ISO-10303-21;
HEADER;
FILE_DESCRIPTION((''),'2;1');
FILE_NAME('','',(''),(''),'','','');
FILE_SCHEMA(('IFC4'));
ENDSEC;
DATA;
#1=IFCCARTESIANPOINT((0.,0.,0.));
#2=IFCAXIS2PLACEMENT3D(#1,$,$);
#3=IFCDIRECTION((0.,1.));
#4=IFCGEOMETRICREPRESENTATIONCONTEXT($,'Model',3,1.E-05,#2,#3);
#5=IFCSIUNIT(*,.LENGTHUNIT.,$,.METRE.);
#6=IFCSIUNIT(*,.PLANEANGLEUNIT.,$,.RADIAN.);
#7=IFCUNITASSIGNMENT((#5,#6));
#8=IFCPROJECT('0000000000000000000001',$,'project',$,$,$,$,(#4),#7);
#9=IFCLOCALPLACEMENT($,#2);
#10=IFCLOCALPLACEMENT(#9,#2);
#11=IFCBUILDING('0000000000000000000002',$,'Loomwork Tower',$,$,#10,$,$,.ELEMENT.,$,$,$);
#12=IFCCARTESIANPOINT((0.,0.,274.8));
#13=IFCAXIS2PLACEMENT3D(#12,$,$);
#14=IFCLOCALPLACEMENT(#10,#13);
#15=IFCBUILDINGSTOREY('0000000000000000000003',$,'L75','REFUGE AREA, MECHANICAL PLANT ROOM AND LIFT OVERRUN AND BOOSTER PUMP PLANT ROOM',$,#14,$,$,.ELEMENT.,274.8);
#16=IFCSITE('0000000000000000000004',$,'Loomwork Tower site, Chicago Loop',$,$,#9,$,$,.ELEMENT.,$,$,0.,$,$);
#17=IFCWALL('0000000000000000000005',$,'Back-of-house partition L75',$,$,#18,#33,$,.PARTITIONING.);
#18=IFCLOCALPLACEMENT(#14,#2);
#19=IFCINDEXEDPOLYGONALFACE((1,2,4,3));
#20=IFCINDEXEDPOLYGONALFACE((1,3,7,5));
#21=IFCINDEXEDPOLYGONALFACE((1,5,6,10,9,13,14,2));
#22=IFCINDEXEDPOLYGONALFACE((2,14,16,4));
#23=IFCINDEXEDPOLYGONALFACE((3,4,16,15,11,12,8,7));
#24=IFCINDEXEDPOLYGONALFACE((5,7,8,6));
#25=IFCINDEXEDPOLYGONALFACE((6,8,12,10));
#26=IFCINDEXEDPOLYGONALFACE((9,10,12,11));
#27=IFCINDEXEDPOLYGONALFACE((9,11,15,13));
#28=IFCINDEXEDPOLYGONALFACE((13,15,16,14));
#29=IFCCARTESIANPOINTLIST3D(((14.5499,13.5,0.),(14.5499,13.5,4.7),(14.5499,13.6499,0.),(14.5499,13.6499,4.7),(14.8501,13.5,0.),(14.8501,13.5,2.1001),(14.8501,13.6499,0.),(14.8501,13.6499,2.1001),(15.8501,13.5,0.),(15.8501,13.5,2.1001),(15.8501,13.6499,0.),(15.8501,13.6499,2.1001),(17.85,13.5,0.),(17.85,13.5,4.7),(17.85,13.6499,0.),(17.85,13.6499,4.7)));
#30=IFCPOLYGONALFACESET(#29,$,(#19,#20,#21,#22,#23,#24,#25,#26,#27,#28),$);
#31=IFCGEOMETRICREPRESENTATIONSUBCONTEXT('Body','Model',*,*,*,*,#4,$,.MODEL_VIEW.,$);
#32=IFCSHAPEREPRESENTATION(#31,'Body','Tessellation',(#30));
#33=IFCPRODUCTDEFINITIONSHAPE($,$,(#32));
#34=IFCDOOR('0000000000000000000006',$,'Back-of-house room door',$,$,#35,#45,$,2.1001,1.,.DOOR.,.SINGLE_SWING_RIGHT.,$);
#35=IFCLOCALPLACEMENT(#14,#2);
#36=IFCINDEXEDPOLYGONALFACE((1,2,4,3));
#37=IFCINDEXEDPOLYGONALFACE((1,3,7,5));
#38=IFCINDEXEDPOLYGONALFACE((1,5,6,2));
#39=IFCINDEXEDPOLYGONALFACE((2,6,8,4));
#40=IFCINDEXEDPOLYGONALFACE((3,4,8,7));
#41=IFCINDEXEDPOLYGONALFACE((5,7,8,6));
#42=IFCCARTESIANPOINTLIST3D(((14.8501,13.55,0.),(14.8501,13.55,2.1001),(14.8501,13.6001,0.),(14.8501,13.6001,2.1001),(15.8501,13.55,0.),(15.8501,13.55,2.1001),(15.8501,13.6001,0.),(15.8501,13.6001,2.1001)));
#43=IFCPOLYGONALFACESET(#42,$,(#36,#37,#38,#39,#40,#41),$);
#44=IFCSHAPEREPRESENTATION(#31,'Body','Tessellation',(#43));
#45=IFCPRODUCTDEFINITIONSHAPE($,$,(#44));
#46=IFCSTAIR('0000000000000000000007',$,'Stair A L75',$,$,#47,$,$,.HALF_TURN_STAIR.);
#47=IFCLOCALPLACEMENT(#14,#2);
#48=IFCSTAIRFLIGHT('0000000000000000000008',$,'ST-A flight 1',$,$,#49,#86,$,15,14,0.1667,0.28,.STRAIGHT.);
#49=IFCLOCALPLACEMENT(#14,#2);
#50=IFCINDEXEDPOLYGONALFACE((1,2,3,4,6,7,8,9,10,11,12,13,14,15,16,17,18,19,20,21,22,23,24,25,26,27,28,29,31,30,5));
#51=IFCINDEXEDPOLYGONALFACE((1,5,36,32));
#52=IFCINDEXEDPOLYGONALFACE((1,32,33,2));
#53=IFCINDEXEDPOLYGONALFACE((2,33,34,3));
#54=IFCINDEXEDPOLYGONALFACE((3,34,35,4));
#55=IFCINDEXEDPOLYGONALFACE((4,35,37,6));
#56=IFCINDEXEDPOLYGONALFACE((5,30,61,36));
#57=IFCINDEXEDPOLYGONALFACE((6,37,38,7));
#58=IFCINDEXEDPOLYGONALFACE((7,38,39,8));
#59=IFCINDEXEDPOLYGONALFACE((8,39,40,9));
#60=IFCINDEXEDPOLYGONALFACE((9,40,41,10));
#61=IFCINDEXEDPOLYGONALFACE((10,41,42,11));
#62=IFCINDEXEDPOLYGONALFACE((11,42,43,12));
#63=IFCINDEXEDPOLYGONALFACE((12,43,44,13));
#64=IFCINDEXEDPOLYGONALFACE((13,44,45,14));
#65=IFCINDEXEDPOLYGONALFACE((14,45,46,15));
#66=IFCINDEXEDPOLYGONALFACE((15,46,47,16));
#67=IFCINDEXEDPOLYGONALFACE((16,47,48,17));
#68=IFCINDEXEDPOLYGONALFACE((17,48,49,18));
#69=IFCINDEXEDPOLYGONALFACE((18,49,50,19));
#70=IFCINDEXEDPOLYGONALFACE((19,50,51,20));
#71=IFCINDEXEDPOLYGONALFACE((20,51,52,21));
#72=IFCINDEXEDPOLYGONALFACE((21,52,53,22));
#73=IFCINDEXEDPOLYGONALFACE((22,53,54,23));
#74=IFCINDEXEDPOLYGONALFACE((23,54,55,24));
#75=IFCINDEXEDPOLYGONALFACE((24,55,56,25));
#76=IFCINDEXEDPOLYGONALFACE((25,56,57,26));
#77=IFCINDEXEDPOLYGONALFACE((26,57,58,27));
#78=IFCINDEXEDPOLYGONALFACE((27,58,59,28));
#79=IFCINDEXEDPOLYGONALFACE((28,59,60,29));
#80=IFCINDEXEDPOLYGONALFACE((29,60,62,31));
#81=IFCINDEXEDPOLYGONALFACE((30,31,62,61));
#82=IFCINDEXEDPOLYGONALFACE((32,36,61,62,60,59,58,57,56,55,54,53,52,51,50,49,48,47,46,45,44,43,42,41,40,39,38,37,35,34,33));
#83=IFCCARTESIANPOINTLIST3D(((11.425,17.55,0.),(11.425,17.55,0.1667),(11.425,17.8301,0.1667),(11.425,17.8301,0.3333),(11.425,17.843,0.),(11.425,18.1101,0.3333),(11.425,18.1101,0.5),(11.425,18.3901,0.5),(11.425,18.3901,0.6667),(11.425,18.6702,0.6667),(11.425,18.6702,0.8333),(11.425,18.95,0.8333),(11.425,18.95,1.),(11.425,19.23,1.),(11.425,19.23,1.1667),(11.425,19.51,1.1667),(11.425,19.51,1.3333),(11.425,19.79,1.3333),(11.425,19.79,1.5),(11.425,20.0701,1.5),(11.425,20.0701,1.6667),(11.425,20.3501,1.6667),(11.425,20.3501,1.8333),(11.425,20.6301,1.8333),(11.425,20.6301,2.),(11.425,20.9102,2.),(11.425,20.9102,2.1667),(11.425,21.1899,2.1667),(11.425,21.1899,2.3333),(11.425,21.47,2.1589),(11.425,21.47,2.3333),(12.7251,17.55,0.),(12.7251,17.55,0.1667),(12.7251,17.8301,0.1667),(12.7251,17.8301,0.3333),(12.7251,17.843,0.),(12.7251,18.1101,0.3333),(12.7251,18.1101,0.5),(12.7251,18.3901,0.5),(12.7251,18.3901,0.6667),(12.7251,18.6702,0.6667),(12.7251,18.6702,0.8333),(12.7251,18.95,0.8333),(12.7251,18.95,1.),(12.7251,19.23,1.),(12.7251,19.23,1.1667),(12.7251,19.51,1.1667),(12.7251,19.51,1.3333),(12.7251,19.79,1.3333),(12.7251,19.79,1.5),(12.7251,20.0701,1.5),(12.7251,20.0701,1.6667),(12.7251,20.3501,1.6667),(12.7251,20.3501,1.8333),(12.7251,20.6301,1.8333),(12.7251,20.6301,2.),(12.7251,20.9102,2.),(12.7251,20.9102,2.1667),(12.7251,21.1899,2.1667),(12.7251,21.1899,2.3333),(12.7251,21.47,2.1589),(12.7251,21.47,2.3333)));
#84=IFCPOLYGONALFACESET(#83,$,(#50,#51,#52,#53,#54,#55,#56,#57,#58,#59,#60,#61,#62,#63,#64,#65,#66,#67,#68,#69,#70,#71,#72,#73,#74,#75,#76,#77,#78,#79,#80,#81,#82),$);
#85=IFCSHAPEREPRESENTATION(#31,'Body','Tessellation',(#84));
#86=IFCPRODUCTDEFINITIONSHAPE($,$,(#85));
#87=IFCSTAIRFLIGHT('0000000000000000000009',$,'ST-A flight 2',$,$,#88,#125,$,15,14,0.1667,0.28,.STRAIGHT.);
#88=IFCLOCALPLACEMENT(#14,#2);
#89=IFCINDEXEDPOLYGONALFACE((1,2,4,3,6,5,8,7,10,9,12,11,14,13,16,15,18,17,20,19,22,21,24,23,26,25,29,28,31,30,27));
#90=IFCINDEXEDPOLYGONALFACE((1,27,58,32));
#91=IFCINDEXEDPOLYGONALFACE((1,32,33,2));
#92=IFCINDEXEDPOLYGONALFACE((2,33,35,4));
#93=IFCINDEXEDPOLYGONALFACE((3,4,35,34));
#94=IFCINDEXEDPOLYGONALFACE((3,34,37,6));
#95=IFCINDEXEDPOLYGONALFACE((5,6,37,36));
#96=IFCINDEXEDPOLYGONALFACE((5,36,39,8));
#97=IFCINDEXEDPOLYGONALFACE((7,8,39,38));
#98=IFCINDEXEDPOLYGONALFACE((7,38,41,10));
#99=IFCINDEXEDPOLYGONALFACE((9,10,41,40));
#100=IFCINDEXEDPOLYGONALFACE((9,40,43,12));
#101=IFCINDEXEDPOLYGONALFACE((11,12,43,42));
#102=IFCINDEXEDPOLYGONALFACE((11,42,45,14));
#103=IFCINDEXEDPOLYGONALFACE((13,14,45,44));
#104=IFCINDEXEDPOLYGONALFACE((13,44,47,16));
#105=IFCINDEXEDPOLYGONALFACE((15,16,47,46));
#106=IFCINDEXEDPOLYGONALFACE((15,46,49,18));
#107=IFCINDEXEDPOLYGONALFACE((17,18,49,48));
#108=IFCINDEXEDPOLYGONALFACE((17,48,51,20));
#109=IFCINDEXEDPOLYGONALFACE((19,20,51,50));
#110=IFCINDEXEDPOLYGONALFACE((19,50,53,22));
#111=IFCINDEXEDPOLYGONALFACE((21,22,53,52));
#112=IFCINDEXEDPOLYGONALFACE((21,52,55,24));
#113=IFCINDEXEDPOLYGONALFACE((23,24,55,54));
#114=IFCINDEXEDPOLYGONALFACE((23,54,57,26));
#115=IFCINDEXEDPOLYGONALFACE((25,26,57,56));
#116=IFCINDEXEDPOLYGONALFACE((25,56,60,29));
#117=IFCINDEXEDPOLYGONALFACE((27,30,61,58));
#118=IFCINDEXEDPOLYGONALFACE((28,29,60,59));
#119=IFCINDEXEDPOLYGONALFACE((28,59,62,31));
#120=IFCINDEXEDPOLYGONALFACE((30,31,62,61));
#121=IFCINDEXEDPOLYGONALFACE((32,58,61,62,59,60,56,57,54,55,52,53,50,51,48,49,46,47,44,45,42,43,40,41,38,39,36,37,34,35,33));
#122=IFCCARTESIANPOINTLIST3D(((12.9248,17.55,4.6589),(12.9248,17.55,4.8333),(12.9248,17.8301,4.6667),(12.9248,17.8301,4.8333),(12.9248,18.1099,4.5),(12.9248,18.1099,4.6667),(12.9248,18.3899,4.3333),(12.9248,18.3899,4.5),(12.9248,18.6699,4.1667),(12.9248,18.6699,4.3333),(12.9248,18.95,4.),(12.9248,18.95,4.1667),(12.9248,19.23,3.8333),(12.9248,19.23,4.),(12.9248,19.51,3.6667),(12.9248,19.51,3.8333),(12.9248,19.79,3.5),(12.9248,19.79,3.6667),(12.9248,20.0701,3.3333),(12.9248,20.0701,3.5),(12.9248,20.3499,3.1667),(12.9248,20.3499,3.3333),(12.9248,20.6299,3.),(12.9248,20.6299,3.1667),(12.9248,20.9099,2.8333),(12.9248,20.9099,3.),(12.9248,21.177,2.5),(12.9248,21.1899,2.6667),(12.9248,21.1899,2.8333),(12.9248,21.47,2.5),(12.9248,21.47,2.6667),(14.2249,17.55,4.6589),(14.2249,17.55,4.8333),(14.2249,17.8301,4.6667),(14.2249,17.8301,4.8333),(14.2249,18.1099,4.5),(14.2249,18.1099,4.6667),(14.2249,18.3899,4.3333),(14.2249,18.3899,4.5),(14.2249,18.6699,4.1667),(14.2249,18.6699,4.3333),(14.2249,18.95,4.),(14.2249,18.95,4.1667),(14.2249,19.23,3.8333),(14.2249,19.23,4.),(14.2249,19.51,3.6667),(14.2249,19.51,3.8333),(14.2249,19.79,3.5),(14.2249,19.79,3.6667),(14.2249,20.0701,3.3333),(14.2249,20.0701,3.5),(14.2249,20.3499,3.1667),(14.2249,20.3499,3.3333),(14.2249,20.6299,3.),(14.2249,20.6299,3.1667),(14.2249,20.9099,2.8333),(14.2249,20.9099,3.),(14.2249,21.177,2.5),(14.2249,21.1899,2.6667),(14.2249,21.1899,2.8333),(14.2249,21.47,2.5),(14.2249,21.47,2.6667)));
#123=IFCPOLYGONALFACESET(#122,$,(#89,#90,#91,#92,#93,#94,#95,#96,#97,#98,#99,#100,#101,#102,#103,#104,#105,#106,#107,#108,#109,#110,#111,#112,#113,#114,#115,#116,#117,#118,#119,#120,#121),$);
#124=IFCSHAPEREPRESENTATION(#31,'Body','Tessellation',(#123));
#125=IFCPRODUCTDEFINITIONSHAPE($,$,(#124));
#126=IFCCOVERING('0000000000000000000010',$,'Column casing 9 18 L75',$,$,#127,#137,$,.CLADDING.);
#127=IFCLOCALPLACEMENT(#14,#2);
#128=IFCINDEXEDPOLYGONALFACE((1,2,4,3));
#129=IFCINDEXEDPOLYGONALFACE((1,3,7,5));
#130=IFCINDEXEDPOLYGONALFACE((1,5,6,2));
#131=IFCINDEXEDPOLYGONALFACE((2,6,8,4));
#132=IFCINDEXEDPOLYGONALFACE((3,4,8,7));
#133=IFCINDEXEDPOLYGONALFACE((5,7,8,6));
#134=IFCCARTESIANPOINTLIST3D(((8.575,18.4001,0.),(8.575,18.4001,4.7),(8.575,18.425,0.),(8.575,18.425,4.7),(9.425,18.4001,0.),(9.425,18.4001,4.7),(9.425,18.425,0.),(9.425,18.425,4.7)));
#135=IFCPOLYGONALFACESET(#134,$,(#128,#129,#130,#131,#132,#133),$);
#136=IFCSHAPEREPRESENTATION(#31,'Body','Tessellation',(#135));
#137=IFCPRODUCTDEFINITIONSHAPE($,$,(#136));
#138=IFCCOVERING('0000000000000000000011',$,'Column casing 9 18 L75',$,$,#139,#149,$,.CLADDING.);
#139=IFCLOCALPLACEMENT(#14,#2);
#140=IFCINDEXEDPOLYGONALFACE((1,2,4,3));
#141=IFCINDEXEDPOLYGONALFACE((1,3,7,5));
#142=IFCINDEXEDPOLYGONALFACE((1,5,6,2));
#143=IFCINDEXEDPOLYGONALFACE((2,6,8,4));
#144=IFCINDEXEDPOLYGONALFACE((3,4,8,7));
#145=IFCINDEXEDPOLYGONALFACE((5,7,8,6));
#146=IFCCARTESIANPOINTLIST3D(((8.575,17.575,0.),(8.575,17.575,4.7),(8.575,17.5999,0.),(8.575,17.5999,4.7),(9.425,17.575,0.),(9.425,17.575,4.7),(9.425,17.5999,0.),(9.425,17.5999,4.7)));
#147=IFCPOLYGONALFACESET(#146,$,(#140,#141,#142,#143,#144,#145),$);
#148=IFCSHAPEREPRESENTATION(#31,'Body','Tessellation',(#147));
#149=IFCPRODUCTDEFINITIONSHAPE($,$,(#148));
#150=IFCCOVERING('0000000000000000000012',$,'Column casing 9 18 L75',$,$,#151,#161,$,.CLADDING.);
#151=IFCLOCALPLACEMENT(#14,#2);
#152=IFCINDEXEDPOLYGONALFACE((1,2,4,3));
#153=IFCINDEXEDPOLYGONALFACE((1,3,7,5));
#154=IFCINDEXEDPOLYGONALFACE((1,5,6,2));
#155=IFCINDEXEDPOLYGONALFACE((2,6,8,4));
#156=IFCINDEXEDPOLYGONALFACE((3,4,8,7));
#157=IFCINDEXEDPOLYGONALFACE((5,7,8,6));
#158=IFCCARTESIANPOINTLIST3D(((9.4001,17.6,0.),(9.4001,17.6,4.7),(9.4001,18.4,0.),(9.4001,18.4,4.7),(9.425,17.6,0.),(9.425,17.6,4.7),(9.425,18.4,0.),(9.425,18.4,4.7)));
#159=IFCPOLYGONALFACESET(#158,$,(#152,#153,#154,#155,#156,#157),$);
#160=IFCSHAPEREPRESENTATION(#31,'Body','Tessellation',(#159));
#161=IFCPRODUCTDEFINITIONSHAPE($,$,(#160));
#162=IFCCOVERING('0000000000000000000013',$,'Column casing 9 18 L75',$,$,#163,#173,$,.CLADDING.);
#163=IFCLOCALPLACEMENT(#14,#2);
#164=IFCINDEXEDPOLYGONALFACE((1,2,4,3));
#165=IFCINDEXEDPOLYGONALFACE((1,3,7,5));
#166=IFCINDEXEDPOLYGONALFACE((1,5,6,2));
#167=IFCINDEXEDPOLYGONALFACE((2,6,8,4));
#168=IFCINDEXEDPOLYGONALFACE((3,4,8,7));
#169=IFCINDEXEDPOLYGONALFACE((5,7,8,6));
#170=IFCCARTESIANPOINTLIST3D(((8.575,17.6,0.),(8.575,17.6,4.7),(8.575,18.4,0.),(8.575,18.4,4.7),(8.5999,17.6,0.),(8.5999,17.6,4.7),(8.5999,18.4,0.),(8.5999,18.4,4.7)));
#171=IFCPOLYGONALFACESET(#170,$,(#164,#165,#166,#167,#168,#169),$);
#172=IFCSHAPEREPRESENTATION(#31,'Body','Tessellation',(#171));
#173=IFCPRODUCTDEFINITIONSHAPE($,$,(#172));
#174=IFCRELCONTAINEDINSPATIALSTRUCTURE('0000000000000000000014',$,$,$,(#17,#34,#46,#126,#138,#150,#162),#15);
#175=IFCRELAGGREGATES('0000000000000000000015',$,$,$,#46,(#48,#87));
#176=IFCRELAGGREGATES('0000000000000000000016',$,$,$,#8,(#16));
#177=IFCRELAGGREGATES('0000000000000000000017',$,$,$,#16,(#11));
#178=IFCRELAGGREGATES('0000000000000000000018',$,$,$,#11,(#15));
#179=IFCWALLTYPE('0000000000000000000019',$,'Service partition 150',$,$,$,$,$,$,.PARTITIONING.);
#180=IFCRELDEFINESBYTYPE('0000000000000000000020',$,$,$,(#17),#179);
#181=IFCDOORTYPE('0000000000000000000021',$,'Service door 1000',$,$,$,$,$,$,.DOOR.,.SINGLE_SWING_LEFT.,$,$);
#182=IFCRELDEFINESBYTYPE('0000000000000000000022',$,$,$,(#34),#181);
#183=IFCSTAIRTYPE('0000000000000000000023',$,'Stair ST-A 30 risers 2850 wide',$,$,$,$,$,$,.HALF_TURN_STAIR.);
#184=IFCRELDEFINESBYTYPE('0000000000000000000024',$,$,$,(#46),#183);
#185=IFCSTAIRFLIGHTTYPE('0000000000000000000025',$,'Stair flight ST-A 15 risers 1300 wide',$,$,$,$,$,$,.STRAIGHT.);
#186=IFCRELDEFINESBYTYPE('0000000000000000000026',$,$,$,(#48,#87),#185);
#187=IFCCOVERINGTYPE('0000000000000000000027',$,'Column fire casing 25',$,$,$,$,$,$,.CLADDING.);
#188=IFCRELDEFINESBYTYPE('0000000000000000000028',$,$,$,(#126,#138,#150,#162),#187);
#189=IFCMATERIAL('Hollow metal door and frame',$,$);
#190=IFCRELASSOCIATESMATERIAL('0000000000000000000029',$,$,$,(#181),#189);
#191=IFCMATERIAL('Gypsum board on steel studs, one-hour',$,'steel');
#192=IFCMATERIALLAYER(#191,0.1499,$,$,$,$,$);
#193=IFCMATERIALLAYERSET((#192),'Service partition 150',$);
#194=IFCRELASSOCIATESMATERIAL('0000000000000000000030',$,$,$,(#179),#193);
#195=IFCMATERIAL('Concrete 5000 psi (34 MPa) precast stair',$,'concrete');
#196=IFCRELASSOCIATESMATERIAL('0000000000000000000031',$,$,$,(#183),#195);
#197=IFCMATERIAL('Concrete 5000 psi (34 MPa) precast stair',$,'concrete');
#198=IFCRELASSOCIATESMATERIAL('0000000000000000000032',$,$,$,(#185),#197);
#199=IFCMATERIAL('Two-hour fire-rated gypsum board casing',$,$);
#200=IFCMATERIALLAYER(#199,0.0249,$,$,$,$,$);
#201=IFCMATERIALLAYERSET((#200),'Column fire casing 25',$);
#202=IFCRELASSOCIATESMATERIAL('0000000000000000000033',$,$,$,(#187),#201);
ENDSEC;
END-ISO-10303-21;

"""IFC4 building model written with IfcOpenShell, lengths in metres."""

from ifc_helpers import new_model, si_unit, direction, frame, frame_2d, origin, origin_2d, place, context, subcontext, project, spatial, polyline, rectangle, outline, extrude, material, layer, layer_set, type_object, element, fill, aggregate, save


model = new_model("IFC4")

# Units and contexts
model_context = context("Model", 3, precision=1e-05, world=origin(), true_north=direction((0.0, 1.0)))
body_context = subcontext(model_context, "Body", "Model", "MODEL_VIEW")
ifc_project = project(units=[si_unit("LENGTHUNIT", "METRE"), si_unit("PLANEANGLEUNIT", "RADIAN")], contexts=[model_context])

# Site, building, storey
site_placement = place(None, origin())
site = spatial("IfcSite", under=ifc_project, at=site_placement, Name="Loomwork Tower site, Chicago Loop", CompositionType="ELEMENT", RefElevation=0.0)
building_placement = place(site_placement, origin())
building = spatial("IfcBuilding", under=site, at=building_placement, Name="Loomwork Tower", CompositionType="ELEMENT")
storey_placement = place(building_placement, frame((0.0, 0.0, 274.8)))
storey = spatial("IfcBuildingStorey", under=building, at=storey_placement, Name="L75", Description="REFUGE AREA, MECHANICAL PLANT ROOM AND LIFT OVERRUN AND BOOSTER PUMP PLANT ROOM", CompositionType="ELEMENT", Elevation=274.8)

# Shared definitions
ifc_material_1 = material(Name="Hollow metal door and frame")
door_type_1 = type_object("IfcDoorType", Name="Service door 1000", OperationType="SINGLE_SWING_LEFT", PredefinedType="DOOR", material=ifc_material_1)

# Wall, opening, door
ifc_material_2 = material(Name="Gypsum board on steel studs, one-hour", Category="steel")
ifc_layer_1 = layer(ifc_material_2, 0.1499)
ifc_layer_set_1 = layer_set([ifc_layer_1], Name="Service partition 150")
wall_type_1 = type_object("IfcWallType", Name="Service partition 150", PredefinedType="PARTITIONING", material=ifc_layer_set_1)
wall_1_placement = place(storey_placement, frame((14.55, 13.575, 0.0), z_axis=(0.0, 0.0, 1.0), x_axis=(1.0, 0.0, 0.0)))
wall_1 = element("IfcWall", 1, at=wall_1_placement, inside=storey, type_object=wall_type_1, Name="Back-of-house partition L75", PredefinedType="PARTITIONING", context=body_context, shape_type="SweptSolid", body=[
    extrude(rectangle(XDim=3.3, YDim=0.1499, at=frame_2d((1.6499, 0.0))), origin(), (0.0, 0.0, 1.0), 4.7),
])
opening_1_placement = place(wall_1_placement, frame((0.3, 0.0, 0.0)))
opening_1 = element("IfcOpeningElement", 2, at=opening_1_placement, cuts=wall_1, PredefinedType="OPENING", context=body_context, shape_type="SweptSolid", body=[
    extrude(rectangle(XDim=1.0, YDim=2.1001, at=frame_2d((0.5, 1.05))), frame((0.0, 0.085, 0.0), z_axis=(0.0, -1.0, 0.0), x_axis=(1.0, 0.0, 0.0)), (0.0, 0.0, 1.0), 0.1699),
])
door_1_placement = place(opening_1_placement, frame((1.0, 0.0, 0.0), z_axis=(0.0, 0.0, 1.0), x_axis=(-1.0, 0.0, 0.0)))
door_1 = element("IfcDoor", 3, at=door_1_placement, inside=storey, type_object=door_type_1, Name="Back-of-house room door", OperationType="SINGLE_SWING_RIGHT", OverallHeight=2.1001, OverallWidth=1.0, PredefinedType="DOOR", context=body_context, shape_type="SweptSolid", body=[
    extrude(rectangle(XDim=1.0, YDim=2.1001, at=frame_2d((0.5, 1.05))), frame((0.0, 0.0249, 0.0), z_axis=(0.0, -1.0, 0.0), x_axis=(1.0, 0.0, 0.0)), (0.0, 0.0, 1.0), 0.05),
])
fill(opening_1, door_1)

# Stair, stair flights
ifc_material_3 = material(Name="Concrete 5000 psi (34 MPa) precast stair", Category="concrete")
stair_type = type_object("IfcStairType", Name="Stair ST-A 30 risers 2850 wide", PredefinedType="HALF_TURN_STAIR", material=ifc_material_3)
stair_placement = place(storey_placement, origin())
stair = element("IfcStair", 4, at=stair_placement, inside=storey, type_object=stair_type, Name="Stair A L75", PredefinedType="HALF_TURN_STAIR")
ifc_material_4 = material(Name="Concrete 5000 psi (34 MPa) precast stair", Category="concrete")
stair_flight_type = type_object("IfcStairFlightType", Name="Stair flight ST-A 15 risers 1300 wide", PredefinedType="STRAIGHT", material=ifc_material_4)
stair_flight_1_placement = place(storey_placement, frame((12.075, 17.55, 0.0), z_axis=(0.0, 0.0, 1.0), x_axis=(0.0, 1.0, 0.0)))
stair_flight_1 = element("IfcStairFlight", 5, at=stair_flight_1_placement, type_object=stair_flight_type, Name="ST-A flight 1", NumberOfRisers=15, NumberOfTreads=14, PredefinedType="STRAIGHT", RiserHeight=0.1667, TreadLength=0.28, context=body_context, shape_type="SweptSolid", body=[
    extrude(outline(polyline([(0.0, 0.0), (0.0, 0.1667), (0.28, 0.1667), (0.28, 0.3333), (0.5601, 0.3333), (0.5601, 0.5), (0.8401, 0.5), (0.8401, 0.6667), (1.1201, 0.6667), (1.1201, 0.8333), (1.3999, 0.8333), (1.3999, 1.0), (1.6799, 1.0), (1.6799, 1.1667), (1.96, 1.1667), (1.96, 1.3333), (2.24, 1.3333), (2.24, 1.5), (2.52, 1.5), (2.52, 1.6667), (2.8, 1.6667), (2.8, 1.8333), (3.0801, 1.8333), (3.0801, 2.0), (3.3601, 2.0), (3.3601, 2.1667), (3.6399, 2.1667), (3.6399, 2.3333), (3.9199, 2.3333), (3.9199, 2.5), (3.9199, 2.1589), (0.293, 0.0), (0.0, 0.0)])), frame((0.0, 0.6499, 0.0), z_axis=(0.0, -1.0, 0.0), x_axis=(1.0, 0.0, 0.0)), (0.0, 0.0, 1.0), 1.3),
])
stair_flight_2_placement = place(storey_placement, frame((13.575, 21.47, 2.5), z_axis=(0.0, 0.0, 1.0), x_axis=(0.0, -1.0, 0.0)))
stair_flight_2 = element("IfcStairFlight", 6, at=stair_flight_2_placement, type_object=stair_flight_type, Name="ST-A flight 2", NumberOfRisers=15, NumberOfTreads=14, PredefinedType="STRAIGHT", RiserHeight=0.1667, TreadLength=0.28, context=body_context, shape_type="SweptSolid", body=[
    extrude(outline(polyline([(0.0, 0.0), (0.0, 0.1667), (0.28, 0.1667), (0.28, 0.3333), (0.5601, 0.3333), (0.5601, 0.5), (0.8401, 0.5), (0.8401, 0.6667), (1.1201, 0.6667), (1.1201, 0.8333), (1.3999, 0.8333), (1.3999, 1.0), (1.6799, 1.0), (1.6799, 1.1667), (1.96, 1.1667), (1.96, 1.3333), (2.24, 1.3333), (2.24, 1.5), (2.52, 1.5), (2.52, 1.6667), (2.8, 1.6667), (2.8, 1.8333), (3.0801, 1.8333), (3.0801, 2.0), (3.3601, 2.0), (3.3601, 2.1667), (3.6399, 2.1667), (3.6399, 2.3333), (3.9199, 2.3333), (3.9199, 2.5), (3.9199, 2.1589), (0.293, 0.0), (0.0, 0.0)])), frame((0.0, 0.6499, 0.0), z_axis=(0.0, -1.0, 0.0), x_axis=(1.0, 0.0, 0.0)), (0.0, 0.0, 1.0), 1.3),
])
aggregate(stair, [stair_flight_1, stair_flight_2])

# Coverings
ifc_material_5 = material(Name="Two-hour fire-rated gypsum board casing")
ifc_layer_2 = layer(ifc_material_5, 0.0249)
ifc_layer_set_2 = layer_set([ifc_layer_2], Name="Column fire casing 25")
covering_type = type_object("IfcCoveringType", Name="Column fire casing 25", PredefinedType="CLADDING", material=ifc_layer_set_2)
for number, where, z_axis, x_axis, name in (
    (7, (9.0, 18.4126, 0.0), (0.0, 0.0, 1.0), (1.0, 0.0, 0.0), "Column casing 9 18 L75"),
    (8, (9.0, 17.5874, 0.0), (0.0, 0.0, 1.0), (1.0, 0.0, 0.0), "Column casing 9 18 L75"),
):
    element("IfcCovering", number, at=place(storey_placement, frame(where, z_axis=z_axis, x_axis=x_axis)), inside=storey, type_object=covering_type, Name=name, PredefinedType="CLADDING", context=body_context, shape_type="SweptSolid", body=[
        extrude(rectangle(XDim=0.8501, YDim=0.0249, at=origin_2d()), origin(), (0.0, 0.0, 1.0), 4.7),
    ])
for number, where, z_axis, x_axis, name in (
    (9, (9.4126, 18.0, 0.0), (0.0, 0.0, 1.0), (1.0, 0.0, 0.0), "Column casing 9 18 L75"),
    (10, (8.5874, 18.0, 0.0), (0.0, 0.0, 1.0), (1.0, 0.0, 0.0), "Column casing 9 18 L75"),
):
    element("IfcCovering", number, at=place(storey_placement, frame(where, z_axis=z_axis, x_axis=x_axis)), inside=storey, type_object=covering_type, Name=name, PredefinedType="CLADDING", context=body_context, shape_type="SweptSolid", body=[
        extrude(rectangle(XDim=0.0249, YDim=0.8, at=origin_2d()), origin(), (0.0, 0.0, 1.0), 4.7),
    ])

save(model, "model.ifc")
